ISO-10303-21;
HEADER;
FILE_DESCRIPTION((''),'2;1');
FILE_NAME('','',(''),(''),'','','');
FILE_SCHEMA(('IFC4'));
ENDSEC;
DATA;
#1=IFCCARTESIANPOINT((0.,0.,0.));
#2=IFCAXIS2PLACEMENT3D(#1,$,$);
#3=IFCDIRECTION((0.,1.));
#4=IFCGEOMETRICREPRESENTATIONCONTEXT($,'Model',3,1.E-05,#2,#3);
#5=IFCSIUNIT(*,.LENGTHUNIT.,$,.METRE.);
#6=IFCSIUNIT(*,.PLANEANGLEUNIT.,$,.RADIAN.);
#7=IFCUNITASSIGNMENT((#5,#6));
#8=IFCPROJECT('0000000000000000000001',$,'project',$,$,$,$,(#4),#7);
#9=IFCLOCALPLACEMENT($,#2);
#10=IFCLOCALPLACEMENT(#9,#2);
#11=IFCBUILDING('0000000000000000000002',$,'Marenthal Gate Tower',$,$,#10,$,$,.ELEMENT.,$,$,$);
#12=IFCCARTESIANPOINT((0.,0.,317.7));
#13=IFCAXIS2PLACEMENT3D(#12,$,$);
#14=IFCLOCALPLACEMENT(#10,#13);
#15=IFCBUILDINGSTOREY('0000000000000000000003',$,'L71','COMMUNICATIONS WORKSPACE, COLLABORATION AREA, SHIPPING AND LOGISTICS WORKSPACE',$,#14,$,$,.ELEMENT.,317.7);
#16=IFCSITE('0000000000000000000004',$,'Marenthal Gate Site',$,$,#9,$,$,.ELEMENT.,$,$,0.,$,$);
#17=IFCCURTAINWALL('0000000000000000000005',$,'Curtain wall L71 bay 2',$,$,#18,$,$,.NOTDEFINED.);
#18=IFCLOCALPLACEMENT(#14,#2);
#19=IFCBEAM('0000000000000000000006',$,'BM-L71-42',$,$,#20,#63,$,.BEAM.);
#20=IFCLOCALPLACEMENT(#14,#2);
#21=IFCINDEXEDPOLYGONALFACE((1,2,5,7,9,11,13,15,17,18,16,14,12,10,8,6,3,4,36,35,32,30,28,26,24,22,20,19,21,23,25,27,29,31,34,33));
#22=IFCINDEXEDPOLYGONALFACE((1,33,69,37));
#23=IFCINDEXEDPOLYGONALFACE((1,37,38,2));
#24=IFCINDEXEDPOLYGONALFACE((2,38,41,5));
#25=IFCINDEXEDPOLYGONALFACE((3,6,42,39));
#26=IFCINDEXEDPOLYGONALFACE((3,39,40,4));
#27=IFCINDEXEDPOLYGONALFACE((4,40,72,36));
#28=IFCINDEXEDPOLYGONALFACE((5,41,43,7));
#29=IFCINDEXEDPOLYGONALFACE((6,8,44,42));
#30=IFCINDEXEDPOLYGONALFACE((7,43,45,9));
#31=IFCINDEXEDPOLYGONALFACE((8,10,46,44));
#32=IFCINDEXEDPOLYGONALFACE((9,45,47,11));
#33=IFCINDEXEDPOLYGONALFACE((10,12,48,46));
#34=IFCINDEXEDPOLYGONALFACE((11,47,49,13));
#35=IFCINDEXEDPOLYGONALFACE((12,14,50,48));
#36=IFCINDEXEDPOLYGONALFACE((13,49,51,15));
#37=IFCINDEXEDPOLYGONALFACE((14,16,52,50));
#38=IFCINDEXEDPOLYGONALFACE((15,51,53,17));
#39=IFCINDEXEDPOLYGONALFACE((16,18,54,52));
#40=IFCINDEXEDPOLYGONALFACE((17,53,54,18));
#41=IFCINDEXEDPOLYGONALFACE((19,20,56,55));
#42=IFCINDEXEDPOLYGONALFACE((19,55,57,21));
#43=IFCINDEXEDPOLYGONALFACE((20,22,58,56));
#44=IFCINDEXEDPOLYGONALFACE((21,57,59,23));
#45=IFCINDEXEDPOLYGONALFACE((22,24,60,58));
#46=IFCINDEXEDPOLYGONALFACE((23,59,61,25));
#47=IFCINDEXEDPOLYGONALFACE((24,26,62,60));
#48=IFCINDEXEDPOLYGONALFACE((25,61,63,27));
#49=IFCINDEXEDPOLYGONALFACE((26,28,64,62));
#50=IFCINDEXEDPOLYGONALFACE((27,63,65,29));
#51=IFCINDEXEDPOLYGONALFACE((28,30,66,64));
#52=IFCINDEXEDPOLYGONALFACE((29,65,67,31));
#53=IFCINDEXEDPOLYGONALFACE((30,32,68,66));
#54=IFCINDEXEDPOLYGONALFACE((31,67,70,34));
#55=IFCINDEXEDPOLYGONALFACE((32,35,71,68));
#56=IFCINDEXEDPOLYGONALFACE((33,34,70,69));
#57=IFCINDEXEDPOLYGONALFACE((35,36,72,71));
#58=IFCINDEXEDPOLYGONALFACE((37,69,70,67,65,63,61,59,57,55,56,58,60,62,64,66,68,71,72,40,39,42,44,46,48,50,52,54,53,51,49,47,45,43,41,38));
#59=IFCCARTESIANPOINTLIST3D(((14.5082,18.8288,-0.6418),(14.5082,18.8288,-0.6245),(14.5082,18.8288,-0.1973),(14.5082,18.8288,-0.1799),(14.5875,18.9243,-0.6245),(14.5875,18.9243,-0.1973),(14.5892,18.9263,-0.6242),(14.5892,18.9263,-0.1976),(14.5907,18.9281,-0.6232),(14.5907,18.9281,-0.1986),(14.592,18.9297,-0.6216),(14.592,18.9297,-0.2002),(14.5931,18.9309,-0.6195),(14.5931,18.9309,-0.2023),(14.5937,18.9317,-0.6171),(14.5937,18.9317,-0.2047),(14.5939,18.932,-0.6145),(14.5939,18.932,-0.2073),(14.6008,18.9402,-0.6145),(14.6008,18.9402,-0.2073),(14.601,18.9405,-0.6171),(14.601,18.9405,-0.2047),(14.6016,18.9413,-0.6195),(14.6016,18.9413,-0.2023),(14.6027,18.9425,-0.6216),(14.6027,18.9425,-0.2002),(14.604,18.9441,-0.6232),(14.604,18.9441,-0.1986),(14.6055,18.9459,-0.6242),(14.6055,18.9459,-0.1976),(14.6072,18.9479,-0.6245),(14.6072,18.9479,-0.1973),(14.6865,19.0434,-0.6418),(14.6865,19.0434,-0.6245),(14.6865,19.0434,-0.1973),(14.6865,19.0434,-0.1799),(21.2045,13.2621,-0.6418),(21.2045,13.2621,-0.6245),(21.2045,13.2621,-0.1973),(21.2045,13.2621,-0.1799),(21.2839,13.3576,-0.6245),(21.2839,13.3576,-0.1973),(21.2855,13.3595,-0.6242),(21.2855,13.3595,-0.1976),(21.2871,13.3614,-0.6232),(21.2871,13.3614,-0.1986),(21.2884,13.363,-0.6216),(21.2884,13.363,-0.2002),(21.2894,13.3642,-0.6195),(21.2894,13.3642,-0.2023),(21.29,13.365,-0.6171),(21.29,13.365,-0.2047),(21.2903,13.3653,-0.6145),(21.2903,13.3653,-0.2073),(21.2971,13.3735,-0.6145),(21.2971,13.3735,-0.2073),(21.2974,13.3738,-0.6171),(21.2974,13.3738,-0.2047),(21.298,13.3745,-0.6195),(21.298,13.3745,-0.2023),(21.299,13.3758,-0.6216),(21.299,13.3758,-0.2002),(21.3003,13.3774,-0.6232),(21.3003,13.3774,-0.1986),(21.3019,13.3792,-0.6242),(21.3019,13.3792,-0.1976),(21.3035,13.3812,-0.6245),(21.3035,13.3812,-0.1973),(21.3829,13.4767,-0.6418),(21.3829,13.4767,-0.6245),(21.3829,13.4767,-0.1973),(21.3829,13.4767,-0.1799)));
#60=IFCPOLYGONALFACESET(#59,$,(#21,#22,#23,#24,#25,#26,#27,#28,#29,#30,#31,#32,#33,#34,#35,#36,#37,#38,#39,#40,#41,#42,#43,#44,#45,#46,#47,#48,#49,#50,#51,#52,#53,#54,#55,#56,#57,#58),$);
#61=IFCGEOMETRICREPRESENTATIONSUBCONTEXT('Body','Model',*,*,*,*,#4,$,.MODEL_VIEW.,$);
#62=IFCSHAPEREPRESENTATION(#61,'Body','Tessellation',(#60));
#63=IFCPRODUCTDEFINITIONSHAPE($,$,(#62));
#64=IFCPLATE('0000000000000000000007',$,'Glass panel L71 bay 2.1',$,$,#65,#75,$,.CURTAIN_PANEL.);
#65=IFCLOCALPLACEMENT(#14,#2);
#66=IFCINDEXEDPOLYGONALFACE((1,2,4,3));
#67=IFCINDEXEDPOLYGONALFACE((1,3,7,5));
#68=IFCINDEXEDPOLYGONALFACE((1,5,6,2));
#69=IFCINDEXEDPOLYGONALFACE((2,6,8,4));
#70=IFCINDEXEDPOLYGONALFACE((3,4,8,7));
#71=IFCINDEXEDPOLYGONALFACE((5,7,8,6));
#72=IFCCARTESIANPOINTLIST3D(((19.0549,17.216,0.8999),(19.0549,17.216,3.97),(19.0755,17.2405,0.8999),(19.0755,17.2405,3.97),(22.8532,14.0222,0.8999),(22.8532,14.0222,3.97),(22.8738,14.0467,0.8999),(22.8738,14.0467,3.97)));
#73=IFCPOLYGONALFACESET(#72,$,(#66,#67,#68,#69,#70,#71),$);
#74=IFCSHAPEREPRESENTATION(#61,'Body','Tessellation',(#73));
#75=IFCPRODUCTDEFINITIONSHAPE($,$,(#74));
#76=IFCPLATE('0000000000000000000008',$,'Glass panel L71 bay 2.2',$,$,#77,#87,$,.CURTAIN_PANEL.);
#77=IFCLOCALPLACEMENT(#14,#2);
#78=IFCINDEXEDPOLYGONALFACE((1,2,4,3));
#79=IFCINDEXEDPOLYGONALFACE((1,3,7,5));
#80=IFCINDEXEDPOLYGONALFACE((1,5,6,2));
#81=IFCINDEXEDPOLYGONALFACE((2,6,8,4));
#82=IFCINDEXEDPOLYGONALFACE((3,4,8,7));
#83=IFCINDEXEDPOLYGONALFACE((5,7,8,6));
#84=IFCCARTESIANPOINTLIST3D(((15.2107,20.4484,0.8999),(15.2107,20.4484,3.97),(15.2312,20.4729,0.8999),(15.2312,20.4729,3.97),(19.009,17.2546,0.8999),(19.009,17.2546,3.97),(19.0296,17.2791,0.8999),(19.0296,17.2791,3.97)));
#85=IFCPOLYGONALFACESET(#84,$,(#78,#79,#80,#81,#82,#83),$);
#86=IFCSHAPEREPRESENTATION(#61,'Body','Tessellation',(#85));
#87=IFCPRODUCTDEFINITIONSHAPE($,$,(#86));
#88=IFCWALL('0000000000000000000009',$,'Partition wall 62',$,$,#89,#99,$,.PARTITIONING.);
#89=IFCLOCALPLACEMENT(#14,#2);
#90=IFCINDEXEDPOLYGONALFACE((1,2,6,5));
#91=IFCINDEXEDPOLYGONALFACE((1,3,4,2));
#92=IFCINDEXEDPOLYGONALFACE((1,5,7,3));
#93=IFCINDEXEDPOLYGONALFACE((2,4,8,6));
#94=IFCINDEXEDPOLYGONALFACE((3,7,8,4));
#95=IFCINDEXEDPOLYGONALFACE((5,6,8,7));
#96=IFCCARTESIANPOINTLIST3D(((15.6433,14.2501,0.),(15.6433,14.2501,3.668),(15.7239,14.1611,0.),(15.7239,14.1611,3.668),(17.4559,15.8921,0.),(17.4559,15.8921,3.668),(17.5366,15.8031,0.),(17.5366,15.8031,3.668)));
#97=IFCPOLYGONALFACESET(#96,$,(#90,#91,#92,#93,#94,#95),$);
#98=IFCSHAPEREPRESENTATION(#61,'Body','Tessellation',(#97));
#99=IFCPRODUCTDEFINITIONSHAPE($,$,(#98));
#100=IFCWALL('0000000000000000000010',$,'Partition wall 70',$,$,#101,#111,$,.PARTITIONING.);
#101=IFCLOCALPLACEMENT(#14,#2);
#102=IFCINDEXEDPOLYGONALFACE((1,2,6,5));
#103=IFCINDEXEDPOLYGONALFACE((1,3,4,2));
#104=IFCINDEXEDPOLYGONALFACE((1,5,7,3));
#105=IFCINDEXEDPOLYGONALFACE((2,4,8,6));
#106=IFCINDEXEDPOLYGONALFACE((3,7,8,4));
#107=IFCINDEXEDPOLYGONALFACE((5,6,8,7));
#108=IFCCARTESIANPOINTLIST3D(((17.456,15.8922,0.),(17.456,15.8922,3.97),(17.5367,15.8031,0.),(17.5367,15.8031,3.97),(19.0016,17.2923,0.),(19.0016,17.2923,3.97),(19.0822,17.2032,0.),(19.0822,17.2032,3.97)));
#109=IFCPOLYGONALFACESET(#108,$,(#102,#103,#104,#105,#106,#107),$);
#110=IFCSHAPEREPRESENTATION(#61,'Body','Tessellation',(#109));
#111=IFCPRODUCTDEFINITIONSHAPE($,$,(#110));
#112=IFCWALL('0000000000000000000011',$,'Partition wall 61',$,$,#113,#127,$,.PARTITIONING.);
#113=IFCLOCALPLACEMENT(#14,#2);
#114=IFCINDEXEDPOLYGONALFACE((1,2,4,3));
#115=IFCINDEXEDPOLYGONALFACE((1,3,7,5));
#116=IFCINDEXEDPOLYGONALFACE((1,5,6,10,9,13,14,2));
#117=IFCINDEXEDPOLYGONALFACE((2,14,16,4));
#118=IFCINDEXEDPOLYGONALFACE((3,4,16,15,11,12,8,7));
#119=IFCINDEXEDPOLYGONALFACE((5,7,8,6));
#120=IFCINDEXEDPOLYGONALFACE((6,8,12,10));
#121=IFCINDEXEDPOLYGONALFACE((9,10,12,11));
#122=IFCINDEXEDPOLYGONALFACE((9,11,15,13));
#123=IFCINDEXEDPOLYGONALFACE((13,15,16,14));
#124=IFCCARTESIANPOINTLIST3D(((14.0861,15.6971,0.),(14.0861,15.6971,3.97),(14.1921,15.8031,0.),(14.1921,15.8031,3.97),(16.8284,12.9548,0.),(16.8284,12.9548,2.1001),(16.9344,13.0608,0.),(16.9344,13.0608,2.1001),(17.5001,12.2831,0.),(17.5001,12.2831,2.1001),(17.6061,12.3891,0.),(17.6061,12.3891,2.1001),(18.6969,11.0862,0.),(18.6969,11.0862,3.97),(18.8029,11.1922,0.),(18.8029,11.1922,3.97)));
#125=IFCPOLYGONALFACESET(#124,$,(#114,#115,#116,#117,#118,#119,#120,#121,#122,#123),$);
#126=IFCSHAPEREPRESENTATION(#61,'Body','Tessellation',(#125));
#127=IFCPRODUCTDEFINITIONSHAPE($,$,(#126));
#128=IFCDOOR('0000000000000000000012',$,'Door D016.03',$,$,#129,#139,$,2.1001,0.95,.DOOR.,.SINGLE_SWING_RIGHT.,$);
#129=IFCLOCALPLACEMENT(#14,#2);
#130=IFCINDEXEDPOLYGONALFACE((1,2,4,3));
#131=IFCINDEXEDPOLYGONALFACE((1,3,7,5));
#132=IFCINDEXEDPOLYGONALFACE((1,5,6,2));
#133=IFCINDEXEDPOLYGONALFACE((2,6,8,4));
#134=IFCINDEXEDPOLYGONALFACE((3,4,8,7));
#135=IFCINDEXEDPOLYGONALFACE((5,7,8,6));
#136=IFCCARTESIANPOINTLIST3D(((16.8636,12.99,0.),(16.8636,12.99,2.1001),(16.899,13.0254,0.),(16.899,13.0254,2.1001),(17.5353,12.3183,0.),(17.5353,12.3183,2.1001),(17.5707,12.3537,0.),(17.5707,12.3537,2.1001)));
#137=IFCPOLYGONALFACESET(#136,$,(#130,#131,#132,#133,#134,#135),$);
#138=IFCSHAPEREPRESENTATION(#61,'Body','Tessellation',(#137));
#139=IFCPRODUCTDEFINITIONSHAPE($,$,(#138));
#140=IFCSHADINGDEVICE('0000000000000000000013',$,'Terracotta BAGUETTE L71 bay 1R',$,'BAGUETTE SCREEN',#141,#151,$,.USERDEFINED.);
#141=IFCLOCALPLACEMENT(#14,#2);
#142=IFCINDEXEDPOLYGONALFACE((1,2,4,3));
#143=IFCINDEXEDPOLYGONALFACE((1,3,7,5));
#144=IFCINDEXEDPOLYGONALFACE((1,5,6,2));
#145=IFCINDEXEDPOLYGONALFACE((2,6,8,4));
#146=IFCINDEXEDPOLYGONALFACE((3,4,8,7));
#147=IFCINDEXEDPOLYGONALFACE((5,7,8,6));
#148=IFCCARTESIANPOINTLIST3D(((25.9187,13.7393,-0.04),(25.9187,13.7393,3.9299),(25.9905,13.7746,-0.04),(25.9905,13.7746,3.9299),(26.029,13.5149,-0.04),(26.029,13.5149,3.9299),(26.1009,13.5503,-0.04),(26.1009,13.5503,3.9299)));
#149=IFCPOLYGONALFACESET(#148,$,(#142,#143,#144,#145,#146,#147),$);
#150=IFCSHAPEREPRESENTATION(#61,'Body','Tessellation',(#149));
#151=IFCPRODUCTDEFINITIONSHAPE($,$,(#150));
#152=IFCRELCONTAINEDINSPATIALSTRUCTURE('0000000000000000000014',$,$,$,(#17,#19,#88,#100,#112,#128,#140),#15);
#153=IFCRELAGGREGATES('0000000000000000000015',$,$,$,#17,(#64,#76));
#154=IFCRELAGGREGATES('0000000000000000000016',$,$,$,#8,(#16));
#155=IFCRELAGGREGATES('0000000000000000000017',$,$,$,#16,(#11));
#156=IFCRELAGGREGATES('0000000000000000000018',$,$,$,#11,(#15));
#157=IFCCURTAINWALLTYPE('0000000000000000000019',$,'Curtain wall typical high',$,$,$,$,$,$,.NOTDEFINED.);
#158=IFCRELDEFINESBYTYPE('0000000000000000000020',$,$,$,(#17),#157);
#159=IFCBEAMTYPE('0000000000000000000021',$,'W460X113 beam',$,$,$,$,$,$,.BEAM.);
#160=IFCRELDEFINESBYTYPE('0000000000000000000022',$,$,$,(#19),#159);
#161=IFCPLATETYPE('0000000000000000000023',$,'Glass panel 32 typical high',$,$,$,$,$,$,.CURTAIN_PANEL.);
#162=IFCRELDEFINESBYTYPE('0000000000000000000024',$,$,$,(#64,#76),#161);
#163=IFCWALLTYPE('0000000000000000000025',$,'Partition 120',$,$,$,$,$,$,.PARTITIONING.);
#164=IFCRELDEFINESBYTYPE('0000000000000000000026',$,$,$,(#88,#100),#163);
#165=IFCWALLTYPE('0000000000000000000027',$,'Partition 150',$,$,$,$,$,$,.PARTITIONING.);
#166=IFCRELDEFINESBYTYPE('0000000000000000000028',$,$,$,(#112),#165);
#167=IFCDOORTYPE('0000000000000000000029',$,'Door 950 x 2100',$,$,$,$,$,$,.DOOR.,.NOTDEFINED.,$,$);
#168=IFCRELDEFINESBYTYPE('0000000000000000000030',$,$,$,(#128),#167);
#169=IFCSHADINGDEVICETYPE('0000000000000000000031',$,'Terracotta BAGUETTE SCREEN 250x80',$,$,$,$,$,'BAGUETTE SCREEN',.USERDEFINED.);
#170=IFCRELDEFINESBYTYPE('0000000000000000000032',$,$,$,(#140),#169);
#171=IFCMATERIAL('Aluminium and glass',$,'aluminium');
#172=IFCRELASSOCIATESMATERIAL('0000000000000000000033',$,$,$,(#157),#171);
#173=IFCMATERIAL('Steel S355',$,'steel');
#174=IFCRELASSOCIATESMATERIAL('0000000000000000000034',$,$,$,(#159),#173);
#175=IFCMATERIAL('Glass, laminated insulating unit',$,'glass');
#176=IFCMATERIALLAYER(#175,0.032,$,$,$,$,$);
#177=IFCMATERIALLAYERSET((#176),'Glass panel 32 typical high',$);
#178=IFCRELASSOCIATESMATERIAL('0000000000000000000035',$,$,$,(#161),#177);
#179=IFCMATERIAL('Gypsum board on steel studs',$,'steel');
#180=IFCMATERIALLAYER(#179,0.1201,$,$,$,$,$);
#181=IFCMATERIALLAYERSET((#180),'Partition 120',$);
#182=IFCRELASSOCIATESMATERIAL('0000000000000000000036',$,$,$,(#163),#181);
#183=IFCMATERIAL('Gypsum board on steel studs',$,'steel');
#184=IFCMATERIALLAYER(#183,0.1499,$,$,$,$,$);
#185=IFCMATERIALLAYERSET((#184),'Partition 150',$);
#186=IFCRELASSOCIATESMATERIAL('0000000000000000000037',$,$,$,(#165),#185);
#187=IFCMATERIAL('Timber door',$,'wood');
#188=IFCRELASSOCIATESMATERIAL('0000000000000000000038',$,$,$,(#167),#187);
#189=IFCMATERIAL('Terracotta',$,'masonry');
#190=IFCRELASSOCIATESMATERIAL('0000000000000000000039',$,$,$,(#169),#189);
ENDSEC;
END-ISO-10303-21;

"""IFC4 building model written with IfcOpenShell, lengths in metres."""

from ifc_helpers import new_model, si_unit, direction, frame, frame_2d, origin, origin_2d, place, context, subcontext, project, spatial, rectangle, i_section, extrude, material, layer, layer_set, material_profile, profile_set, type_object, element, fill, aggregate, save


model = new_model("IFC4")

# Units and contexts
model_context = context("Model", 3, precision=1e-05, world=origin(), true_north=direction((0.0, 1.0)))
body_context = subcontext(model_context, "Body", "Model", "MODEL_VIEW")
ifc_project = project(units=[si_unit("LENGTHUNIT", "METRE"), si_unit("PLANEANGLEUNIT", "RADIAN")], contexts=[model_context])

# Site, building, storey
site_placement = place(None, origin())
site = spatial("IfcSite", under=ifc_project, at=site_placement, Name="Marenthal Gate Site", CompositionType="ELEMENT", RefElevation=0.0)
building_placement = place(site_placement, origin())
building = spatial("IfcBuilding", under=site, at=building_placement, Name="Marenthal Gate Tower", CompositionType="ELEMENT")
storey_placement = place(building_placement, frame((0.0, 0.0, 317.7)))
storey = spatial("IfcBuildingStorey", under=building, at=storey_placement, Name="L71", Description="COMMUNICATIONS WORKSPACE, COLLABORATION AREA, SHIPPING AND LOGISTICS WORKSPACE", CompositionType="ELEMENT", Elevation=317.7)

# Curtain wall
ifc_material_1 = material(Name="Aluminium and glass", Category="aluminium")
curtain_wall_type = type_object("IfcCurtainWallType", Name="Curtain wall typical high", PredefinedType="NOTDEFINED", material=ifc_material_1)
curtain_wall_placement = place(storey_placement, origin())
curtain_wall = element("IfcCurtainWall", 1, at=curtain_wall_placement, inside=storey, type_object=curtain_wall_type, Name="Curtain wall L71 bay 2", PredefinedType="NOTDEFINED")

# Beam
ifc_material_2 = material(Name="Steel S355", Category="steel")
ifc_material_profile_1 = material_profile(ifc_material_2, i_section(OverallWidth=0.2791, OverallDepth=0.4619, WebThickness=0.0107, FlangeThickness=0.0173, FilletRadius=0.01, at=origin_2d()), Name="W460X113")
ifc_profile_set_1 = profile_set([ifc_material_profile_1], Name="Steel S355")
beam_type_1 = type_object("IfcBeamType", Name="W460X113 beam", PredefinedType="BEAM", material=ifc_profile_set_1)
beam_1_placement = place(storey_placement, frame((21.2937, 13.3694, -0.4109), z_axis=(-0.768988, 0.639263, 0.0), x_axis=(-0.639263, -0.768988, 0.0)))
element("IfcBeam", 2, at=beam_1_placement, inside=storey, type_object=beam_type_1, Name="BM-L71-42", PredefinedType="BEAM", context=body_context, shape_type="SweptSolid", body=[
    extrude(i_section(OverallWidth=0.2791, OverallDepth=0.4619, WebThickness=0.0107, FlangeThickness=0.0173, FilletRadius=0.01, at=origin_2d()), origin(), (0.0, 0.0, 1.0), 8.708),
])

# Plates
ifc_material_3 = material(Name="Glass, laminated insulating unit", Category="glass")
ifc_layer_1 = layer(ifc_material_3, 0.032)
ifc_layer_set_1 = layer_set([ifc_layer_1], Name="Glass panel 32 typical high")
plate_type = type_object("IfcPlateType", Name="Glass panel 32 typical high", PredefinedType="CURTAIN_PANEL", material=ifc_layer_set_1)
plate_1_placement = place(storey_placement, frame((20.9644, 15.6313, 0.8999), z_axis=(0.0, 0.0, 1.0), x_axis=(-0.765387, 0.64357, 0.0)))
plate_1 = element("IfcPlate", 3, at=plate_1_placement, type_object=plate_type, Name="Glass panel L71 bay 2.1", PredefinedType="CURTAIN_PANEL", context=body_context, shape_type="SweptSolid", body=[
    extrude(rectangle(XDim=4.9626, YDim=0.032, at=origin_2d()), origin(), (0.0, 0.0, 1.0), 3.0701),
])
plate_2_placement = place(storey_placement, frame((17.1201, 18.8638, 0.8999), z_axis=(0.0, 0.0, 1.0), x_axis=(-0.765387, 0.64357, 0.0)))
plate_2 = element("IfcPlate", 4, at=plate_2_placement, type_object=plate_type, Name="Glass panel L71 bay 2.2", PredefinedType="CURTAIN_PANEL", context=body_context, shape_type="SweptSolid", body=[
    extrude(rectangle(XDim=4.9626, YDim=0.032, at=origin_2d()), origin(), (0.0, 0.0, 1.0), 3.0701),
])
aggregate(curtain_wall, [plate_1, plate_2])

# Walls
ifc_material_4 = material(Name="Gypsum board on steel studs", Category="steel")
ifc_layer_2 = layer(ifc_material_4, 0.1201)
ifc_layer_set_2 = layer_set([ifc_layer_2], Name="Partition 120")
wall_type_1 = type_object("IfcWallType", Name="Partition 120", PredefinedType="PARTITIONING", material=ifc_layer_set_2)
wall_1_placement = place(storey_placement, frame((15.6836, 14.2056, 0.0), z_axis=(0.0, 0.0, 1.0), x_axis=(0.741131, 0.67136, 0.0)))
element("IfcWall", 5, at=wall_1_placement, inside=storey, type_object=wall_type_1, Name="Partition wall 62", PredefinedType="PARTITIONING", context=body_context, shape_type="SweptSolid", body=[
    extrude(rectangle(XDim=2.4458, YDim=0.1201, at=frame_2d((1.2229, 0.0))), origin(), (0.0, 0.0, 1.0), 3.668),
])
wall_2_placement = place(storey_placement, frame((17.4963, 15.8477, 0.0), z_axis=(0.0, 0.0, 1.0), x_axis=(0.741131, 0.671361, 0.0)))
element("IfcWall", 6, at=wall_2_placement, inside=storey, type_object=wall_type_1, Name="Partition wall 70", PredefinedType="PARTITIONING", context=body_context, shape_type="SweptSolid", body=[
    extrude(rectangle(XDim=2.0854, YDim=0.1201, at=frame_2d((1.0427, 0.0))), origin(), (0.0, 0.0, 1.0), 3.97),
])

# Wall, opening, door
ifc_material_5 = material(Name="Gypsum board on steel studs", Category="steel")
ifc_layer_3 = layer(ifc_material_5, 0.1499)
ifc_layer_set_3 = layer_set([ifc_layer_3], Name="Partition 150")
wall_type_2 = type_object("IfcWallType", Name="Partition 150", PredefinedType="PARTITIONING", material=ifc_layer_set_3)
wall_3_placement = place(storey_placement, frame((14.1392, 15.75, 0.0), z_axis=(0.0, 0.0, 1.0), x_axis=(0.707107, -0.707107, 0.0)))
wall_3 = element("IfcWall", 7, at=wall_3_placement, inside=storey, type_object=wall_type_2, Name="Partition wall 61", PredefinedType="PARTITIONING", context=body_context, shape_type="SweptSolid", body=[
    extrude(rectangle(XDim=6.5208, YDim=0.1499, at=frame_2d((3.2603, 0.0))), origin(), (0.0, 0.0, 1.0), 3.97),
])
opening_1_placement = place(wall_3_placement, frame((3.8779, 0.0, 0.0)))
opening_1 = element("IfcOpeningElement", 8, at=opening_1_placement, cuts=wall_3, PredefinedType="OPENING", context=body_context, shape_type="SweptSolid", body=[
    extrude(rectangle(XDim=0.95, YDim=2.1001, at=frame_2d((0.4751, 1.05))), frame((0.0, 0.085, 0.0), z_axis=(0.0, -1.0, 0.0), x_axis=(1.0, 0.0, 0.0)), (0.0, 0.0, 1.0), 0.1699),
])
ifc_material_6 = material(Name="Timber door", Category="wood")
door_type_1 = type_object("IfcDoorType", Name="Door 950 x 2100", OperationType="NOTDEFINED", PredefinedType="DOOR", material=ifc_material_6)
door_1_placement = place(opening_1_placement, origin())
door_1 = element("IfcDoor", 9, at=door_1_placement, inside=storey, type_object=door_type_1, Name="Door D016.03", OperationType="SINGLE_SWING_RIGHT", OverallHeight=2.1001, OverallWidth=0.95, PredefinedType="DOOR", context=body_context, shape_type="SweptSolid", body=[
    extrude(rectangle(XDim=0.95, YDim=2.1001, at=frame_2d((0.4751, 1.05))), frame((0.0, 0.0249, 0.0), z_axis=(0.0, -1.0, 0.0), x_axis=(1.0, 0.0, 0.0)), (0.0, 0.0, 1.0), 0.05),
])
fill(opening_1, door_1)

# Shading device
ifc_material_7 = material(Name="Terracotta", Category="masonry")
ifc_material_profile_2 = material_profile(ifc_material_7, rectangle(XDim=0.25, YDim=0.0801, at=origin_2d()), Name="Terracotta baguette 250x80")
ifc_profile_set_2 = profile_set([ifc_material_profile_2], Name="Terracotta")
shading_device_type = type_object("IfcShadingDeviceType", Name="Terracotta BAGUETTE SCREEN 250x80", ElementType="BAGUETTE SCREEN", PredefinedType="USERDEFINED", material=ifc_profile_set_2)
shading_device_placement = place(storey_placement, frame((26.0098, 13.6448, -0.04), z_axis=(0.0, 0.0, 1.0), x_axis=(-0.441518, 0.897253, 0.0)))
element("IfcShadingDevice", 10, at=shading_device_placement, inside=storey, type_object=shading_device_type, Name="Terracotta BAGUETTE L71 bay 1R", ObjectType="BAGUETTE SCREEN", PredefinedType="USERDEFINED", context=body_context, shape_type="SweptSolid", body=[
    extrude(rectangle(XDim=0.25, YDim=0.0801, at=origin_2d()), origin(), (0.0, 0.0, 1.0), 3.97),
])

save(model, "model.ifc")
